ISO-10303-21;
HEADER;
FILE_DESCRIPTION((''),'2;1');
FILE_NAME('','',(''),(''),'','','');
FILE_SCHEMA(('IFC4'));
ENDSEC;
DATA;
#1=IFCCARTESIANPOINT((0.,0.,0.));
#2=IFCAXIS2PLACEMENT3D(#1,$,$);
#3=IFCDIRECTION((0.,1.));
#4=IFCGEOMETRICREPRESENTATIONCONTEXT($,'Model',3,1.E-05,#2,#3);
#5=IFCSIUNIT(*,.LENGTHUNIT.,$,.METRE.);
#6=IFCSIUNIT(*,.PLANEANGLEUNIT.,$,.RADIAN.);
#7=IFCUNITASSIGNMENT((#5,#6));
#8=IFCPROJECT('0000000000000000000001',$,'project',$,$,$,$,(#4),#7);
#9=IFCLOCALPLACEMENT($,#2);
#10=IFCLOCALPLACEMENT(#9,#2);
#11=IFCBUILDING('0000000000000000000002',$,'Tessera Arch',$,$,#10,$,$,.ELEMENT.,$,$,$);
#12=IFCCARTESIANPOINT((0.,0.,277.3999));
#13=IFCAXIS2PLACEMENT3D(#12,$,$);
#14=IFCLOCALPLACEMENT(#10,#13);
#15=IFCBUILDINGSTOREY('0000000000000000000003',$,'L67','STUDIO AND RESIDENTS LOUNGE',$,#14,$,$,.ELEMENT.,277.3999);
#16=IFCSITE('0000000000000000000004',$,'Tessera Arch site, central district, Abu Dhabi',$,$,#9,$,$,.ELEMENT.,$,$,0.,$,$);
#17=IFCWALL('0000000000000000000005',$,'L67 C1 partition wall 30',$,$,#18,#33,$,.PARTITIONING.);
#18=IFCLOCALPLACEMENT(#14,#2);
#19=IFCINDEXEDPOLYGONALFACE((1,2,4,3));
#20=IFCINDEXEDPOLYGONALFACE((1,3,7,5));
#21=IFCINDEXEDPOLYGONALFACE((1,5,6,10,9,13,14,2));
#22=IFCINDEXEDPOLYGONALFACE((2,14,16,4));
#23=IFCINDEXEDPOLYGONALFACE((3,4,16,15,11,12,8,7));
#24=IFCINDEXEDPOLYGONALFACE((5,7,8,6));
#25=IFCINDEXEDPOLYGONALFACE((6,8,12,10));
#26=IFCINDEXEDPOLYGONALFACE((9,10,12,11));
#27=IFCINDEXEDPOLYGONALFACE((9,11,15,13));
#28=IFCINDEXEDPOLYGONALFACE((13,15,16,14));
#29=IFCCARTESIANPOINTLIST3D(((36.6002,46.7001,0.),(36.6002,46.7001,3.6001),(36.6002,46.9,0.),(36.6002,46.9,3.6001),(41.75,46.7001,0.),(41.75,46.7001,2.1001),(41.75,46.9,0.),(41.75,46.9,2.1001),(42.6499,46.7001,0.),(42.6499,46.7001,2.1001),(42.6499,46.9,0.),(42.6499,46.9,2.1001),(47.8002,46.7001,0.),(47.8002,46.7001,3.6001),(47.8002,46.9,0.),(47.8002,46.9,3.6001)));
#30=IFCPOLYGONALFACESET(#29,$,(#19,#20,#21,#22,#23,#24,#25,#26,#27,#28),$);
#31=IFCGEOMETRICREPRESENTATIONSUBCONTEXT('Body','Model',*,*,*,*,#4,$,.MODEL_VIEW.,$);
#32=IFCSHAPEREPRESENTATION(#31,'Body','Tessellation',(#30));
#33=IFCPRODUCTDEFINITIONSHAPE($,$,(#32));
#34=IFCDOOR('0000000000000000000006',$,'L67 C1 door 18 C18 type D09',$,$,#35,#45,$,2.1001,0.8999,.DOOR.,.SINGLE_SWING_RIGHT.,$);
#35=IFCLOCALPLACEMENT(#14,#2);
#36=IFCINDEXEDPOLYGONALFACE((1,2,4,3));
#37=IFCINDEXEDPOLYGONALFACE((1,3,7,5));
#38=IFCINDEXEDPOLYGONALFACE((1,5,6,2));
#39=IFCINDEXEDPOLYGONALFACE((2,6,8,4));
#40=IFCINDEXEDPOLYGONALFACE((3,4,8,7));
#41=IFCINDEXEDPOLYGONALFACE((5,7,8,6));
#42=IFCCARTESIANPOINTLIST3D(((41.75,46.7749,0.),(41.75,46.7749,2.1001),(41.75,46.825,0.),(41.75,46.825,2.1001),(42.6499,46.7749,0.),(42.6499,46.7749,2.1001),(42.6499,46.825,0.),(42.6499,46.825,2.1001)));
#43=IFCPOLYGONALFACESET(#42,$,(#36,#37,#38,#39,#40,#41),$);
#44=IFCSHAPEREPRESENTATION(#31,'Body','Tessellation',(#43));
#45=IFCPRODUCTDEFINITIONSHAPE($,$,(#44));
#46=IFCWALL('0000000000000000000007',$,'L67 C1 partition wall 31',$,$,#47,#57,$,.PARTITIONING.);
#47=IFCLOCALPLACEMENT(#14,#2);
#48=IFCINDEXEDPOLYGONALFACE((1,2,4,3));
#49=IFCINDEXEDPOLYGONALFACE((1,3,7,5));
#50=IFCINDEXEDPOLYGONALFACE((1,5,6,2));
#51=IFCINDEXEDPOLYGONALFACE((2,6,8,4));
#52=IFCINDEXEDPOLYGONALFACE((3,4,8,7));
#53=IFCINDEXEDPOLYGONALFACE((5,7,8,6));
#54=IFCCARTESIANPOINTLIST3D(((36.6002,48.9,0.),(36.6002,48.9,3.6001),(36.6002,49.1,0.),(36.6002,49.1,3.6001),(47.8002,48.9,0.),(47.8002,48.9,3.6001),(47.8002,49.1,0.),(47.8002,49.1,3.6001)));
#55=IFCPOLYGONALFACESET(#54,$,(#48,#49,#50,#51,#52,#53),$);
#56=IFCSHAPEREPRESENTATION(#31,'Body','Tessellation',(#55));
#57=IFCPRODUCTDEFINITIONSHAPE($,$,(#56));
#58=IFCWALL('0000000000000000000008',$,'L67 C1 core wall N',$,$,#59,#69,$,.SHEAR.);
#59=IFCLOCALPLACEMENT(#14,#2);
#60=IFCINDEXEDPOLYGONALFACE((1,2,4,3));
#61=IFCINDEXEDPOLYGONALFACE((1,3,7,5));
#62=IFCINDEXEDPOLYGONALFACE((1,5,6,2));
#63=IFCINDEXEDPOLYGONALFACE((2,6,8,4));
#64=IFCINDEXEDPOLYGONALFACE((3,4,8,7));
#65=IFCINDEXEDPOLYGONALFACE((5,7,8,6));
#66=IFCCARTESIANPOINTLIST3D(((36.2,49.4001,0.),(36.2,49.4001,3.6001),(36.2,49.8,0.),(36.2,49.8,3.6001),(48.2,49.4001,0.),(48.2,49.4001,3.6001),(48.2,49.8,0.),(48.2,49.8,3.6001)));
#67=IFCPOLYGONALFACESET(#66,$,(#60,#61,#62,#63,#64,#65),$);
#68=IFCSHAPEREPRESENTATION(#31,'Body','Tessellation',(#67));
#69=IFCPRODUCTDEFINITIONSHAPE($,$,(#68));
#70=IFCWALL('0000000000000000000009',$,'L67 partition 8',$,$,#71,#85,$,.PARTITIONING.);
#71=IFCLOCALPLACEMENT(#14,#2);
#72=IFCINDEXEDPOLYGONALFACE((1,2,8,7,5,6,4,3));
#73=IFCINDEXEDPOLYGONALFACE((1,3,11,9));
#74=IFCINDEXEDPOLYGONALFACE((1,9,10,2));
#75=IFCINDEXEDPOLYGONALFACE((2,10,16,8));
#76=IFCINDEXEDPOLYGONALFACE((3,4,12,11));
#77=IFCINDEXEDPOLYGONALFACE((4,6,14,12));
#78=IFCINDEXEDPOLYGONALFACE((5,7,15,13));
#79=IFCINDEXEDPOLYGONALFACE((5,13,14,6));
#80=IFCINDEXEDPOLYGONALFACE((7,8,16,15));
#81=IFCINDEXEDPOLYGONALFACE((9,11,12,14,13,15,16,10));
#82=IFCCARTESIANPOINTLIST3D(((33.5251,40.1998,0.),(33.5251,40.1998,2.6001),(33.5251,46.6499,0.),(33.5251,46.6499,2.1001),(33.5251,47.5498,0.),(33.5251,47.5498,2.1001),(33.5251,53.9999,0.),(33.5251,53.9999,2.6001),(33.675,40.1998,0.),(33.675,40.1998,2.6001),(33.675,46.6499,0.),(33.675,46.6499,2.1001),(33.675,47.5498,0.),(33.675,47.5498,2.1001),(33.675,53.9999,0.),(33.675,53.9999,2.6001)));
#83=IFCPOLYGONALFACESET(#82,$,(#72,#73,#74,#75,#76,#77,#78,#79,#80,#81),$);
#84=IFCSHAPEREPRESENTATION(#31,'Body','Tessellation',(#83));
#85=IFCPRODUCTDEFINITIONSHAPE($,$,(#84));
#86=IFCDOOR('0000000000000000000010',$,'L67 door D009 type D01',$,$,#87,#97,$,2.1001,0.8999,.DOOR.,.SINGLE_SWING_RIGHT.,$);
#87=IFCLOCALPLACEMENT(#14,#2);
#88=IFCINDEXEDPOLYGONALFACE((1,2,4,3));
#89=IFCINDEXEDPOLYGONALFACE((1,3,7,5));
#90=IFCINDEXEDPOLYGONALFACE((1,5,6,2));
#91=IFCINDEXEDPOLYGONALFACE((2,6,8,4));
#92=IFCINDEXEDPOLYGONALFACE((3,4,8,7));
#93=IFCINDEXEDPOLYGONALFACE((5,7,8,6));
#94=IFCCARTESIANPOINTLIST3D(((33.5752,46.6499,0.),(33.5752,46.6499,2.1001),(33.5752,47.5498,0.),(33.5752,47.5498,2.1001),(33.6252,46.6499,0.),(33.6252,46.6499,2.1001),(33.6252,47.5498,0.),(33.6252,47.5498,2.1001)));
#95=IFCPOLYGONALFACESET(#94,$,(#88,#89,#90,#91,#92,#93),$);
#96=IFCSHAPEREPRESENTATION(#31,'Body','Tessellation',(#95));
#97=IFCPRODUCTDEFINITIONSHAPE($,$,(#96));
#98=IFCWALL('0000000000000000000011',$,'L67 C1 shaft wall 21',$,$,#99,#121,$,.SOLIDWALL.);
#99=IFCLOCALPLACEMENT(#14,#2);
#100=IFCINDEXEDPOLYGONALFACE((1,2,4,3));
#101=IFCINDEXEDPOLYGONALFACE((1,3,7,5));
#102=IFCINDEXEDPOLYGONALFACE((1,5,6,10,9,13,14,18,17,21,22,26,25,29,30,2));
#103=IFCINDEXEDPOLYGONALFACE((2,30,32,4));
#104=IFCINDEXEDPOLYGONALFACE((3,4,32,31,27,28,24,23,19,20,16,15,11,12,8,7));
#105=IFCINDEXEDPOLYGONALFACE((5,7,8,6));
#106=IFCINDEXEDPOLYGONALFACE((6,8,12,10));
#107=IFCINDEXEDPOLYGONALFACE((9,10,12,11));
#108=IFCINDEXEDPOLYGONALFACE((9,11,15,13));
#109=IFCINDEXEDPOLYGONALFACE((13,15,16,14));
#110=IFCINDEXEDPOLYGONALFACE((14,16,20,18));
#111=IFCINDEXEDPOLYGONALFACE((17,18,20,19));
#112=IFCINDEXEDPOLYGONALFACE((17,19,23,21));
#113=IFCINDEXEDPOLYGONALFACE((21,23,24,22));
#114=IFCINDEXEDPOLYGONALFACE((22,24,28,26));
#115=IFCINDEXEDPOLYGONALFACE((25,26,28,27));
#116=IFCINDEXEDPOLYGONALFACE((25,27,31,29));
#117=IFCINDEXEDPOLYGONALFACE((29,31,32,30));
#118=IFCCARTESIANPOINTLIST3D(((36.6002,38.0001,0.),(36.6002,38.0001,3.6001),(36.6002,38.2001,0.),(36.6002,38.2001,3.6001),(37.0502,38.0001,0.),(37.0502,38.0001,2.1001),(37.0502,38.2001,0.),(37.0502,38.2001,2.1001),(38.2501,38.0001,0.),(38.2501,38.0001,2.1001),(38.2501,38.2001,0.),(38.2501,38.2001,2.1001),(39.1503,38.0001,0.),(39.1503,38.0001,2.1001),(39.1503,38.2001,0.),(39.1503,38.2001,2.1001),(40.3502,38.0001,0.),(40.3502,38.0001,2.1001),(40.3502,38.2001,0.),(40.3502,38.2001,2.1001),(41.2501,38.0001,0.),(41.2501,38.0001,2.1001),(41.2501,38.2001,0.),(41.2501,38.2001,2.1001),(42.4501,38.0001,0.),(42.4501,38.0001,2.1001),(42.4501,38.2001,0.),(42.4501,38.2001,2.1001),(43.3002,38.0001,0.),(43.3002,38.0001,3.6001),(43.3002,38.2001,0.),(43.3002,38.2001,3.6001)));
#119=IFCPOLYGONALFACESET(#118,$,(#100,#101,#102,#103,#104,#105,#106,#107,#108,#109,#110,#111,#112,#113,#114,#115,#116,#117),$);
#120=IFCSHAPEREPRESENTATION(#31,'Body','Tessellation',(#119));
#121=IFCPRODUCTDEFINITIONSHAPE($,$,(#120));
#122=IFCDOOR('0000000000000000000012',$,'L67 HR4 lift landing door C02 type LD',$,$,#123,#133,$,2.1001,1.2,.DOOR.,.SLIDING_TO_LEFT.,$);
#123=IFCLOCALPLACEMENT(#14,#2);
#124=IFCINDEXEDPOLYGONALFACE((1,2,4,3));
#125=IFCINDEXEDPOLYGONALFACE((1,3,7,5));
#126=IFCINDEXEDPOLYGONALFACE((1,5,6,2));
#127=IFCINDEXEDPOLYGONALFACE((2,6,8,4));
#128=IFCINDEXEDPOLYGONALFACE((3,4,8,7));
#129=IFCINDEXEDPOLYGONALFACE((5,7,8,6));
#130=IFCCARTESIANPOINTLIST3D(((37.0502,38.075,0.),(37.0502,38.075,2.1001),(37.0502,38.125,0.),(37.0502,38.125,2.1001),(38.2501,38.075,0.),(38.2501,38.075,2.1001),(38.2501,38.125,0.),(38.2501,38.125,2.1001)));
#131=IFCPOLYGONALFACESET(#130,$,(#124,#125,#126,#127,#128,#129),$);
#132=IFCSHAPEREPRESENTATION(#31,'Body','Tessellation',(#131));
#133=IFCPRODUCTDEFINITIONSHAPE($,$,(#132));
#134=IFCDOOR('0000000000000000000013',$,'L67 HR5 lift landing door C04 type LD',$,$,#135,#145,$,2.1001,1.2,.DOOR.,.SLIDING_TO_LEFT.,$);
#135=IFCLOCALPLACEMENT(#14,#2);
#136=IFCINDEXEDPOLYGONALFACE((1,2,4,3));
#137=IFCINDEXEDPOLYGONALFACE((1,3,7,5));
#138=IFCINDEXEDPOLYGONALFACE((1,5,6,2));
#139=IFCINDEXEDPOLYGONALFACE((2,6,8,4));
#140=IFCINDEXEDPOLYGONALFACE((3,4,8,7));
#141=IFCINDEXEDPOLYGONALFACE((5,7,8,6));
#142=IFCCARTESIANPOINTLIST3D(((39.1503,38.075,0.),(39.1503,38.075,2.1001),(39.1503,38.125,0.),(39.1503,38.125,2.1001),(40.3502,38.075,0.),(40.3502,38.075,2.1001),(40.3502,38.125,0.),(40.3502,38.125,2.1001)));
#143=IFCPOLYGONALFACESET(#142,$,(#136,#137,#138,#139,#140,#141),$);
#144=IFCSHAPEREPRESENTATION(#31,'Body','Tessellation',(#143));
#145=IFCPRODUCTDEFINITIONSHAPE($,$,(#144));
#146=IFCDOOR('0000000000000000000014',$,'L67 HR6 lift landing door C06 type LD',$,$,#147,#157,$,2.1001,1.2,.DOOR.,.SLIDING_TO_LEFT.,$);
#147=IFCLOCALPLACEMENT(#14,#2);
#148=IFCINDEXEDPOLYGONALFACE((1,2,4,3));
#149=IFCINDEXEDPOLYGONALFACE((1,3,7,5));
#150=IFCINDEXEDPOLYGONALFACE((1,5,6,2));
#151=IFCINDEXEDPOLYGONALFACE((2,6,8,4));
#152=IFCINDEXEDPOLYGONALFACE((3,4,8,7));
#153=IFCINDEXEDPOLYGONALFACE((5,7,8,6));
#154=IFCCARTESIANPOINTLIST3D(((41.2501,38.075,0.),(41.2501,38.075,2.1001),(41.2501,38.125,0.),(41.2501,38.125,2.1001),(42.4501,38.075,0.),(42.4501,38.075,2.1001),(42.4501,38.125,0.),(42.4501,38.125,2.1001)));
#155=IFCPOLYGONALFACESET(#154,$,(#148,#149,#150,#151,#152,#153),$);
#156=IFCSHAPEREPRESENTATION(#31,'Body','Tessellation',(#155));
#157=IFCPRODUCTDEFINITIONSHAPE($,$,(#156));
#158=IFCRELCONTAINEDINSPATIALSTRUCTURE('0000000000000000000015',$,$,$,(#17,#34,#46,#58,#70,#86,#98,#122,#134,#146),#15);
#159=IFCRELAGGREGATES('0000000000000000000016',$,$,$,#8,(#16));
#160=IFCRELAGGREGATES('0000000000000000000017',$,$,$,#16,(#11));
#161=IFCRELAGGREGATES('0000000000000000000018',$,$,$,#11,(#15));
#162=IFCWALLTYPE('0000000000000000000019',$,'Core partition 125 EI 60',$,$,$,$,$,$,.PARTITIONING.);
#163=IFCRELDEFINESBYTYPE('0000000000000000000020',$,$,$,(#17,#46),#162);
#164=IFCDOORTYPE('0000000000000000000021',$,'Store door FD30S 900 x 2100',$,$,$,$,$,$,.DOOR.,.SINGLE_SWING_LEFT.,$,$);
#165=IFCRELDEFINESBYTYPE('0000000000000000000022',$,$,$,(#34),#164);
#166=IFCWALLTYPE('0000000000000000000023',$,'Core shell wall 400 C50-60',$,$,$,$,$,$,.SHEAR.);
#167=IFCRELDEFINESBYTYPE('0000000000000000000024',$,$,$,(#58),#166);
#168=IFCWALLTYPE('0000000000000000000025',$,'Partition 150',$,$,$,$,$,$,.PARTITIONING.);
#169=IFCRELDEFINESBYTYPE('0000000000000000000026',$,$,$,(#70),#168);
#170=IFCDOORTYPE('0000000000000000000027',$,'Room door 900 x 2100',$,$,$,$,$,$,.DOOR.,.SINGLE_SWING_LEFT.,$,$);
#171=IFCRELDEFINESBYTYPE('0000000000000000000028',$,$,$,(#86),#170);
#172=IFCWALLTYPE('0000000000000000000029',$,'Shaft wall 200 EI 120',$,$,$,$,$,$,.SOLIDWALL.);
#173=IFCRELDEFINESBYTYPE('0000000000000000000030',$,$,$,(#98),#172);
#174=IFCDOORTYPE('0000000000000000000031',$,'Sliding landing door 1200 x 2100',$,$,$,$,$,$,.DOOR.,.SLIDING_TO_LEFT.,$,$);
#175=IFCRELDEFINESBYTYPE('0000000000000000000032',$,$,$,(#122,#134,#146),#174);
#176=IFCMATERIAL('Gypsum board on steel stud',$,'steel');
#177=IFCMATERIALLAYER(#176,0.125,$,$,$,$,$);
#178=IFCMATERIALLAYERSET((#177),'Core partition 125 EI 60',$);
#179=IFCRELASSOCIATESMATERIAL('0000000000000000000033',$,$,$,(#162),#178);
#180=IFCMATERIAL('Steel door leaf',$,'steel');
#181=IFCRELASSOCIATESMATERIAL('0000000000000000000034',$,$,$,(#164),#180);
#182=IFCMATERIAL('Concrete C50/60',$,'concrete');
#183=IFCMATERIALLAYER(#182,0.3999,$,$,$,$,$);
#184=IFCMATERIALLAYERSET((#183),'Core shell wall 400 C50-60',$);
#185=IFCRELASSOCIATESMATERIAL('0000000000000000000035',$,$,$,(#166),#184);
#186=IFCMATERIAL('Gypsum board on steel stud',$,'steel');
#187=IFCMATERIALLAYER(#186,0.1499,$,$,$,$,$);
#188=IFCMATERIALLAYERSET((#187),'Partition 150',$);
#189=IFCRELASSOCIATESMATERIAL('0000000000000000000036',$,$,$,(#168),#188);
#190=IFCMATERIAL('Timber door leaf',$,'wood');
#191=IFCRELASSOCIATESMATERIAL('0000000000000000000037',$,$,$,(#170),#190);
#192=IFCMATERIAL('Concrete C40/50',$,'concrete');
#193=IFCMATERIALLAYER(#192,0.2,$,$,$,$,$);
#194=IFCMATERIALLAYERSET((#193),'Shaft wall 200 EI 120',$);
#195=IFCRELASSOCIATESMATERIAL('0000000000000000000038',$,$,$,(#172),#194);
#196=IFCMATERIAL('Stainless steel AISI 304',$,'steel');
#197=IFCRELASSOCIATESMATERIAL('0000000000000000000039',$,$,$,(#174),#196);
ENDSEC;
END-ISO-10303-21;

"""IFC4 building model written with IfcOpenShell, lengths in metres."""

from ifc_helpers import new_model, si_unit, direction, frame, frame_2d, origin, place, context, subcontext, project, spatial, rectangle, extrude, material, layer, layer_set, type_object, element, fill, save


model = new_model("IFC4")

# Units and contexts
model_context = context("Model", 3, precision=1e-05, world=origin(), true_north=direction((0.0, 1.0)))
body_context = subcontext(model_context, "Body", "Model", "MODEL_VIEW")
ifc_project = project(units=[si_unit("LENGTHUNIT", "METRE"), si_unit("PLANEANGLEUNIT", "RADIAN")], contexts=[model_context])

# Site, building, storey
site_placement = place(None, origin())
site = spatial("IfcSite", under=ifc_project, at=site_placement, Name="Tessera Arch site, central district, Abu Dhabi", CompositionType="ELEMENT", RefElevation=0.0)
building_placement = place(site_placement, origin())
building = spatial("IfcBuilding", under=site, at=building_placement, Name="Tessera Arch", CompositionType="ELEMENT")
storey_placement = place(building_placement, frame((0.0, 0.0, 277.3999)))
storey = spatial("IfcBuildingStorey", under=building, at=storey_placement, Name="L67", Description="STUDIO AND RESIDENTS LOUNGE", CompositionType="ELEMENT", Elevation=277.3999)

# Wall, opening, door
ifc_material_1 = material(Name="Gypsum board on steel stud", Category="steel")
ifc_layer_1 = layer(ifc_material_1, 0.125)
ifc_layer_set_1 = layer_set([ifc_layer_1], Name="Core partition 125 EI 60")
wall_type_1 = type_object("IfcWallType", Name="Core partition 125 EI 60", PredefinedType="PARTITIONING", material=ifc_layer_set_1)
wall_1_placement = place(storey_placement, frame((36.6001, 46.8, 0.0), z_axis=(0.0, 0.0, 1.0), x_axis=(1.0, 0.0, 0.0)))
wall_1 = element("IfcWall", 1, at=wall_1_placement, inside=storey, type_object=wall_type_1, Name="L67 C1 partition wall 30", PredefinedType="PARTITIONING", context=body_context, shape_type="SweptSolid", body=[
    extrude(rectangle(XDim=11.2, YDim=0.2, at=frame_2d((5.6001, 0.0))), origin(), (0.0, 0.0, 1.0), 3.6001),
])
opening_1_placement = place(wall_1_placement, frame((5.1499, 0.0, 0.0)))
opening_1 = element("IfcOpeningElement", 2, at=opening_1_placement, cuts=wall_1, PredefinedType="OPENING", context=body_context, shape_type="SweptSolid", body=[
    extrude(rectangle(XDim=0.8999, YDim=2.1001, at=frame_2d((0.45, 1.05))), frame((0.0, 0.1099, 0.0), z_axis=(0.0, -1.0, 0.0), x_axis=(1.0, 0.0, 0.0)), (0.0, 0.0, 1.0), 0.22),
])
ifc_material_2 = material(Name="Steel door leaf", Category="steel")
door_type_1 = type_object("IfcDoorType", Name="Store door FD30S 900 x 2100", OperationType="SINGLE_SWING_LEFT", PredefinedType="DOOR", material=ifc_material_2)
door_1_placement = place(opening_1_placement, origin())
door_1 = element("IfcDoor", 3, at=door_1_placement, inside=storey, type_object=door_type_1, Name="L67 C1 door 18 C18 type D09", OperationType="SINGLE_SWING_RIGHT", OverallHeight=2.1001, OverallWidth=0.8999, PredefinedType="DOOR", context=body_context, shape_type="SweptSolid", body=[
    extrude(rectangle(XDim=0.8999, YDim=2.1001, at=frame_2d((0.45, 1.05))), frame((0.0, 0.0249, 0.0), z_axis=(0.0, -1.0, 0.0), x_axis=(1.0, 0.0, 0.0)), (0.0, 0.0, 1.0), 0.05),
])
fill(opening_1, door_1)

# Walls
wall_2_placement = place(storey_placement, frame((36.6001, 49.0, 0.0), z_axis=(0.0, 0.0, 1.0), x_axis=(1.0, 0.0, 0.0)))
element("IfcWall", 4, at=wall_2_placement, inside=storey, type_object=wall_type_1, Name="L67 C1 partition wall 31", PredefinedType="PARTITIONING", context=body_context, shape_type="SweptSolid", body=[
    extrude(rectangle(XDim=11.2, YDim=0.2, at=frame_2d((5.6001, 0.0))), origin(), (0.0, 0.0, 1.0), 3.6001),
])
ifc_material_3 = material(Name="Concrete C50/60", Category="concrete")
ifc_layer_2 = layer(ifc_material_3, 0.3999)
ifc_layer_set_2 = layer_set([ifc_layer_2], Name="Core shell wall 400 C50-60")
wall_type_2 = type_object("IfcWallType", Name="Core shell wall 400 C50-60", PredefinedType="SHEAR", material=ifc_layer_set_2)
wall_3_placement = place(storey_placement, frame((36.2, 49.6001, 0.0), z_axis=(0.0, 0.0, 1.0), x_axis=(1.0, 0.0, 0.0)))
element("IfcWall", 5, at=wall_3_placement, inside=storey, type_object=wall_type_2, Name="L67 C1 core wall N", PredefinedType="SHEAR", context=body_context, shape_type="SweptSolid", body=[
    extrude(rectangle(XDim=12.0, YDim=0.3999, at=frame_2d((6.0, 0.0))), origin(), (0.0, 0.0, 1.0), 3.6001),
])

# Wall, opening, door
ifc_material_4 = material(Name="Gypsum board on steel stud", Category="steel")
ifc_layer_3 = layer(ifc_material_4, 0.1499)
ifc_layer_set_3 = layer_set([ifc_layer_3], Name="Partition 150")
wall_type_3 = type_object("IfcWallType", Name="Partition 150", PredefinedType="PARTITIONING", material=ifc_layer_set_3)
wall_4_placement = place(storey_placement, frame((33.6001, 40.2, 0.0), z_axis=(0.0, 0.0, 1.0), x_axis=(0.0, 1.0, 0.0)))
wall_4 = element("IfcWall", 6, at=wall_4_placement, inside=storey, type_object=wall_type_3, Name="L67 partition 8", PredefinedType="PARTITIONING", context=body_context, shape_type="SweptSolid", body=[
    extrude(rectangle(XDim=13.8, YDim=0.1499, at=frame_2d((6.8999, 0.0))), origin(), (0.0, 0.0, 1.0), 2.6001),
])
opening_2_placement = place(wall_4_placement, frame((6.45, 0.0, 0.0)))
opening_2 = element("IfcOpeningElement", 7, at=opening_2_placement, cuts=wall_4, PredefinedType="OPENING", context=body_context, shape_type="SweptSolid", body=[
    extrude(rectangle(XDim=0.8999, YDim=2.1001, at=frame_2d((0.45, 1.05))), frame((0.0, 0.085, 0.0), z_axis=(0.0, -1.0, 0.0), x_axis=(1.0, 0.0, 0.0)), (0.0, 0.0, 1.0), 0.1699),
])
ifc_material_5 = material(Name="Timber door leaf", Category="wood")
door_type_2 = type_object("IfcDoorType", Name="Room door 900 x 2100", OperationType="SINGLE_SWING_LEFT", PredefinedType="DOOR", material=ifc_material_5)
door_2_placement = place(opening_2_placement, origin())
door_2 = element("IfcDoor", 8, at=door_2_placement, inside=storey, type_object=door_type_2, Name="L67 door D009 type D01", OperationType="SINGLE_SWING_RIGHT", OverallHeight=2.1001, OverallWidth=0.8999, PredefinedType="DOOR", context=body_context, shape_type="SweptSolid", body=[
    extrude(rectangle(XDim=0.8999, YDim=2.1001, at=frame_2d((0.45, 1.05))), frame((0.0, 0.0249, 0.0), z_axis=(0.0, -1.0, 0.0), x_axis=(1.0, 0.0, 0.0)), (0.0, 0.0, 1.0), 0.05),
])
fill(opening_2, door_2)

# Wall, openings, doors
ifc_material_6 = material(Name="Concrete C40/50", Category="concrete")
ifc_layer_4 = layer(ifc_material_6, 0.2)
ifc_layer_set_4 = layer_set([ifc_layer_4], Name="Shaft wall 200 EI 120")
wall_type_4 = type_object("IfcWallType", Name="Shaft wall 200 EI 120", PredefinedType="SOLIDWALL", material=ifc_layer_set_4)
wall_5_placement = place(storey_placement, frame((36.6001, 38.1001, 0.0), z_axis=(0.0, 0.0, 1.0), x_axis=(1.0, 0.0, 0.0)))
wall_5 = element("IfcWall", 9, at=wall_5_placement, inside=storey, type_object=wall_type_4, Name="L67 C1 shaft wall 21", PredefinedType="SOLIDWALL", context=body_context, shape_type="SweptSolid", body=[
    extrude(rectangle(XDim=6.7, YDim=0.2, at=frame_2d((3.3501, 0.0))), origin(), (0.0, 0.0, 1.0), 3.6001),
])
opening_3_placement = place(wall_5_placement, frame((0.45, 0.0, 0.0)))
opening_3 = element("IfcOpeningElement", 10, at=opening_3_placement, cuts=wall_5, PredefinedType="OPENING", context=body_context, shape_type="SweptSolid", body=[
    extrude(rectangle(XDim=1.2, YDim=2.1001, at=frame_2d((0.6001, 1.05))), frame((0.0, 0.1099, 0.0), z_axis=(0.0, -1.0, 0.0), x_axis=(1.0, 0.0, 0.0)), (0.0, 0.0, 1.0), 0.22),
])
opening_4_placement = place(wall_5_placement, frame((2.55, 0.0, 0.0)))
opening_4 = element("IfcOpeningElement", 11, at=opening_4_placement, cuts=wall_5, PredefinedType="OPENING", context=body_context, shape_type="SweptSolid", body=[
    extrude(rectangle(XDim=1.2, YDim=2.1001, at=frame_2d((0.6001, 1.05))), frame((0.0, 0.1099, 0.0), z_axis=(0.0, -1.0, 0.0), x_axis=(1.0, 0.0, 0.0)), (0.0, 0.0, 1.0), 0.22),
])
opening_5_placement = place(wall_5_placement, frame((4.6499, 0.0, 0.0)))
opening_5 = element("IfcOpeningElement", 12, at=opening_5_placement, cuts=wall_5, PredefinedType="OPENING", context=body_context, shape_type="SweptSolid", body=[
    extrude(rectangle(XDim=1.2, YDim=2.1001, at=frame_2d((0.6001, 1.05))), frame((0.0, 0.1099, 0.0), z_axis=(0.0, -1.0, 0.0), x_axis=(1.0, 0.0, 0.0)), (0.0, 0.0, 1.0), 0.22),
])
ifc_material_7 = material(Name="Stainless steel AISI 304", Category="steel")
door_type_3 = type_object("IfcDoorType", Name="Sliding landing door 1200 x 2100", OperationType="SLIDING_TO_LEFT", PredefinedType="DOOR", material=ifc_material_7)
door_3_placement = place(opening_3_placement, origin())
door_3 = element("IfcDoor", 13, at=door_3_placement, inside=storey, type_object=door_type_3, Name="L67 HR4 lift landing door C02 type LD", OperationType="SLIDING_TO_LEFT", OverallHeight=2.1001, OverallWidth=1.2, PredefinedType="DOOR", context=body_context, shape_type="SweptSolid", body=[
    extrude(rectangle(XDim=1.2, YDim=2.1001, at=frame_2d((0.6001, 1.05))), frame((0.0, 0.0249, 0.0), z_axis=(0.0, -1.0, 0.0), x_axis=(1.0, 0.0, 0.0)), (0.0, 0.0, 1.0), 0.05),
])
fill(opening_3, door_3)
door_4_placement = place(opening_4_placement, origin())
door_4 = element("IfcDoor", 14, at=door_4_placement, inside=storey, type_object=door_type_3, Name="L67 HR5 lift landing door C04 type LD", OperationType="SLIDING_TO_LEFT", OverallHeight=2.1001, OverallWidth=1.2, PredefinedType="DOOR", context=body_context, shape_type="SweptSolid", body=[
    extrude(rectangle(XDim=1.2, YDim=2.1001, at=frame_2d((0.6001, 1.05))), frame((0.0, 0.0249, 0.0), z_axis=(0.0, -1.0, 0.0), x_axis=(1.0, 0.0, 0.0)), (0.0, 0.0, 1.0), 0.05),
])
fill(opening_4, door_4)
door_5_placement = place(opening_5_placement, origin())
door_5 = element("IfcDoor", 15, at=door_5_placement, inside=storey, type_object=door_type_3, Name="L67 HR6 lift landing door C06 type LD", OperationType="SLIDING_TO_LEFT", OverallHeight=2.1001, OverallWidth=1.2, PredefinedType="DOOR", context=body_context, shape_type="SweptSolid", body=[
    extrude(rectangle(XDim=1.2, YDim=2.1001, at=frame_2d((0.6001, 1.05))), frame((0.0, 0.0249, 0.0), z_axis=(0.0, -1.0, 0.0), x_axis=(1.0, 0.0, 0.0)), (0.0, 0.0, 1.0), 0.05),
])
fill(opening_5, door_5)

save(model, "model.ifc")
